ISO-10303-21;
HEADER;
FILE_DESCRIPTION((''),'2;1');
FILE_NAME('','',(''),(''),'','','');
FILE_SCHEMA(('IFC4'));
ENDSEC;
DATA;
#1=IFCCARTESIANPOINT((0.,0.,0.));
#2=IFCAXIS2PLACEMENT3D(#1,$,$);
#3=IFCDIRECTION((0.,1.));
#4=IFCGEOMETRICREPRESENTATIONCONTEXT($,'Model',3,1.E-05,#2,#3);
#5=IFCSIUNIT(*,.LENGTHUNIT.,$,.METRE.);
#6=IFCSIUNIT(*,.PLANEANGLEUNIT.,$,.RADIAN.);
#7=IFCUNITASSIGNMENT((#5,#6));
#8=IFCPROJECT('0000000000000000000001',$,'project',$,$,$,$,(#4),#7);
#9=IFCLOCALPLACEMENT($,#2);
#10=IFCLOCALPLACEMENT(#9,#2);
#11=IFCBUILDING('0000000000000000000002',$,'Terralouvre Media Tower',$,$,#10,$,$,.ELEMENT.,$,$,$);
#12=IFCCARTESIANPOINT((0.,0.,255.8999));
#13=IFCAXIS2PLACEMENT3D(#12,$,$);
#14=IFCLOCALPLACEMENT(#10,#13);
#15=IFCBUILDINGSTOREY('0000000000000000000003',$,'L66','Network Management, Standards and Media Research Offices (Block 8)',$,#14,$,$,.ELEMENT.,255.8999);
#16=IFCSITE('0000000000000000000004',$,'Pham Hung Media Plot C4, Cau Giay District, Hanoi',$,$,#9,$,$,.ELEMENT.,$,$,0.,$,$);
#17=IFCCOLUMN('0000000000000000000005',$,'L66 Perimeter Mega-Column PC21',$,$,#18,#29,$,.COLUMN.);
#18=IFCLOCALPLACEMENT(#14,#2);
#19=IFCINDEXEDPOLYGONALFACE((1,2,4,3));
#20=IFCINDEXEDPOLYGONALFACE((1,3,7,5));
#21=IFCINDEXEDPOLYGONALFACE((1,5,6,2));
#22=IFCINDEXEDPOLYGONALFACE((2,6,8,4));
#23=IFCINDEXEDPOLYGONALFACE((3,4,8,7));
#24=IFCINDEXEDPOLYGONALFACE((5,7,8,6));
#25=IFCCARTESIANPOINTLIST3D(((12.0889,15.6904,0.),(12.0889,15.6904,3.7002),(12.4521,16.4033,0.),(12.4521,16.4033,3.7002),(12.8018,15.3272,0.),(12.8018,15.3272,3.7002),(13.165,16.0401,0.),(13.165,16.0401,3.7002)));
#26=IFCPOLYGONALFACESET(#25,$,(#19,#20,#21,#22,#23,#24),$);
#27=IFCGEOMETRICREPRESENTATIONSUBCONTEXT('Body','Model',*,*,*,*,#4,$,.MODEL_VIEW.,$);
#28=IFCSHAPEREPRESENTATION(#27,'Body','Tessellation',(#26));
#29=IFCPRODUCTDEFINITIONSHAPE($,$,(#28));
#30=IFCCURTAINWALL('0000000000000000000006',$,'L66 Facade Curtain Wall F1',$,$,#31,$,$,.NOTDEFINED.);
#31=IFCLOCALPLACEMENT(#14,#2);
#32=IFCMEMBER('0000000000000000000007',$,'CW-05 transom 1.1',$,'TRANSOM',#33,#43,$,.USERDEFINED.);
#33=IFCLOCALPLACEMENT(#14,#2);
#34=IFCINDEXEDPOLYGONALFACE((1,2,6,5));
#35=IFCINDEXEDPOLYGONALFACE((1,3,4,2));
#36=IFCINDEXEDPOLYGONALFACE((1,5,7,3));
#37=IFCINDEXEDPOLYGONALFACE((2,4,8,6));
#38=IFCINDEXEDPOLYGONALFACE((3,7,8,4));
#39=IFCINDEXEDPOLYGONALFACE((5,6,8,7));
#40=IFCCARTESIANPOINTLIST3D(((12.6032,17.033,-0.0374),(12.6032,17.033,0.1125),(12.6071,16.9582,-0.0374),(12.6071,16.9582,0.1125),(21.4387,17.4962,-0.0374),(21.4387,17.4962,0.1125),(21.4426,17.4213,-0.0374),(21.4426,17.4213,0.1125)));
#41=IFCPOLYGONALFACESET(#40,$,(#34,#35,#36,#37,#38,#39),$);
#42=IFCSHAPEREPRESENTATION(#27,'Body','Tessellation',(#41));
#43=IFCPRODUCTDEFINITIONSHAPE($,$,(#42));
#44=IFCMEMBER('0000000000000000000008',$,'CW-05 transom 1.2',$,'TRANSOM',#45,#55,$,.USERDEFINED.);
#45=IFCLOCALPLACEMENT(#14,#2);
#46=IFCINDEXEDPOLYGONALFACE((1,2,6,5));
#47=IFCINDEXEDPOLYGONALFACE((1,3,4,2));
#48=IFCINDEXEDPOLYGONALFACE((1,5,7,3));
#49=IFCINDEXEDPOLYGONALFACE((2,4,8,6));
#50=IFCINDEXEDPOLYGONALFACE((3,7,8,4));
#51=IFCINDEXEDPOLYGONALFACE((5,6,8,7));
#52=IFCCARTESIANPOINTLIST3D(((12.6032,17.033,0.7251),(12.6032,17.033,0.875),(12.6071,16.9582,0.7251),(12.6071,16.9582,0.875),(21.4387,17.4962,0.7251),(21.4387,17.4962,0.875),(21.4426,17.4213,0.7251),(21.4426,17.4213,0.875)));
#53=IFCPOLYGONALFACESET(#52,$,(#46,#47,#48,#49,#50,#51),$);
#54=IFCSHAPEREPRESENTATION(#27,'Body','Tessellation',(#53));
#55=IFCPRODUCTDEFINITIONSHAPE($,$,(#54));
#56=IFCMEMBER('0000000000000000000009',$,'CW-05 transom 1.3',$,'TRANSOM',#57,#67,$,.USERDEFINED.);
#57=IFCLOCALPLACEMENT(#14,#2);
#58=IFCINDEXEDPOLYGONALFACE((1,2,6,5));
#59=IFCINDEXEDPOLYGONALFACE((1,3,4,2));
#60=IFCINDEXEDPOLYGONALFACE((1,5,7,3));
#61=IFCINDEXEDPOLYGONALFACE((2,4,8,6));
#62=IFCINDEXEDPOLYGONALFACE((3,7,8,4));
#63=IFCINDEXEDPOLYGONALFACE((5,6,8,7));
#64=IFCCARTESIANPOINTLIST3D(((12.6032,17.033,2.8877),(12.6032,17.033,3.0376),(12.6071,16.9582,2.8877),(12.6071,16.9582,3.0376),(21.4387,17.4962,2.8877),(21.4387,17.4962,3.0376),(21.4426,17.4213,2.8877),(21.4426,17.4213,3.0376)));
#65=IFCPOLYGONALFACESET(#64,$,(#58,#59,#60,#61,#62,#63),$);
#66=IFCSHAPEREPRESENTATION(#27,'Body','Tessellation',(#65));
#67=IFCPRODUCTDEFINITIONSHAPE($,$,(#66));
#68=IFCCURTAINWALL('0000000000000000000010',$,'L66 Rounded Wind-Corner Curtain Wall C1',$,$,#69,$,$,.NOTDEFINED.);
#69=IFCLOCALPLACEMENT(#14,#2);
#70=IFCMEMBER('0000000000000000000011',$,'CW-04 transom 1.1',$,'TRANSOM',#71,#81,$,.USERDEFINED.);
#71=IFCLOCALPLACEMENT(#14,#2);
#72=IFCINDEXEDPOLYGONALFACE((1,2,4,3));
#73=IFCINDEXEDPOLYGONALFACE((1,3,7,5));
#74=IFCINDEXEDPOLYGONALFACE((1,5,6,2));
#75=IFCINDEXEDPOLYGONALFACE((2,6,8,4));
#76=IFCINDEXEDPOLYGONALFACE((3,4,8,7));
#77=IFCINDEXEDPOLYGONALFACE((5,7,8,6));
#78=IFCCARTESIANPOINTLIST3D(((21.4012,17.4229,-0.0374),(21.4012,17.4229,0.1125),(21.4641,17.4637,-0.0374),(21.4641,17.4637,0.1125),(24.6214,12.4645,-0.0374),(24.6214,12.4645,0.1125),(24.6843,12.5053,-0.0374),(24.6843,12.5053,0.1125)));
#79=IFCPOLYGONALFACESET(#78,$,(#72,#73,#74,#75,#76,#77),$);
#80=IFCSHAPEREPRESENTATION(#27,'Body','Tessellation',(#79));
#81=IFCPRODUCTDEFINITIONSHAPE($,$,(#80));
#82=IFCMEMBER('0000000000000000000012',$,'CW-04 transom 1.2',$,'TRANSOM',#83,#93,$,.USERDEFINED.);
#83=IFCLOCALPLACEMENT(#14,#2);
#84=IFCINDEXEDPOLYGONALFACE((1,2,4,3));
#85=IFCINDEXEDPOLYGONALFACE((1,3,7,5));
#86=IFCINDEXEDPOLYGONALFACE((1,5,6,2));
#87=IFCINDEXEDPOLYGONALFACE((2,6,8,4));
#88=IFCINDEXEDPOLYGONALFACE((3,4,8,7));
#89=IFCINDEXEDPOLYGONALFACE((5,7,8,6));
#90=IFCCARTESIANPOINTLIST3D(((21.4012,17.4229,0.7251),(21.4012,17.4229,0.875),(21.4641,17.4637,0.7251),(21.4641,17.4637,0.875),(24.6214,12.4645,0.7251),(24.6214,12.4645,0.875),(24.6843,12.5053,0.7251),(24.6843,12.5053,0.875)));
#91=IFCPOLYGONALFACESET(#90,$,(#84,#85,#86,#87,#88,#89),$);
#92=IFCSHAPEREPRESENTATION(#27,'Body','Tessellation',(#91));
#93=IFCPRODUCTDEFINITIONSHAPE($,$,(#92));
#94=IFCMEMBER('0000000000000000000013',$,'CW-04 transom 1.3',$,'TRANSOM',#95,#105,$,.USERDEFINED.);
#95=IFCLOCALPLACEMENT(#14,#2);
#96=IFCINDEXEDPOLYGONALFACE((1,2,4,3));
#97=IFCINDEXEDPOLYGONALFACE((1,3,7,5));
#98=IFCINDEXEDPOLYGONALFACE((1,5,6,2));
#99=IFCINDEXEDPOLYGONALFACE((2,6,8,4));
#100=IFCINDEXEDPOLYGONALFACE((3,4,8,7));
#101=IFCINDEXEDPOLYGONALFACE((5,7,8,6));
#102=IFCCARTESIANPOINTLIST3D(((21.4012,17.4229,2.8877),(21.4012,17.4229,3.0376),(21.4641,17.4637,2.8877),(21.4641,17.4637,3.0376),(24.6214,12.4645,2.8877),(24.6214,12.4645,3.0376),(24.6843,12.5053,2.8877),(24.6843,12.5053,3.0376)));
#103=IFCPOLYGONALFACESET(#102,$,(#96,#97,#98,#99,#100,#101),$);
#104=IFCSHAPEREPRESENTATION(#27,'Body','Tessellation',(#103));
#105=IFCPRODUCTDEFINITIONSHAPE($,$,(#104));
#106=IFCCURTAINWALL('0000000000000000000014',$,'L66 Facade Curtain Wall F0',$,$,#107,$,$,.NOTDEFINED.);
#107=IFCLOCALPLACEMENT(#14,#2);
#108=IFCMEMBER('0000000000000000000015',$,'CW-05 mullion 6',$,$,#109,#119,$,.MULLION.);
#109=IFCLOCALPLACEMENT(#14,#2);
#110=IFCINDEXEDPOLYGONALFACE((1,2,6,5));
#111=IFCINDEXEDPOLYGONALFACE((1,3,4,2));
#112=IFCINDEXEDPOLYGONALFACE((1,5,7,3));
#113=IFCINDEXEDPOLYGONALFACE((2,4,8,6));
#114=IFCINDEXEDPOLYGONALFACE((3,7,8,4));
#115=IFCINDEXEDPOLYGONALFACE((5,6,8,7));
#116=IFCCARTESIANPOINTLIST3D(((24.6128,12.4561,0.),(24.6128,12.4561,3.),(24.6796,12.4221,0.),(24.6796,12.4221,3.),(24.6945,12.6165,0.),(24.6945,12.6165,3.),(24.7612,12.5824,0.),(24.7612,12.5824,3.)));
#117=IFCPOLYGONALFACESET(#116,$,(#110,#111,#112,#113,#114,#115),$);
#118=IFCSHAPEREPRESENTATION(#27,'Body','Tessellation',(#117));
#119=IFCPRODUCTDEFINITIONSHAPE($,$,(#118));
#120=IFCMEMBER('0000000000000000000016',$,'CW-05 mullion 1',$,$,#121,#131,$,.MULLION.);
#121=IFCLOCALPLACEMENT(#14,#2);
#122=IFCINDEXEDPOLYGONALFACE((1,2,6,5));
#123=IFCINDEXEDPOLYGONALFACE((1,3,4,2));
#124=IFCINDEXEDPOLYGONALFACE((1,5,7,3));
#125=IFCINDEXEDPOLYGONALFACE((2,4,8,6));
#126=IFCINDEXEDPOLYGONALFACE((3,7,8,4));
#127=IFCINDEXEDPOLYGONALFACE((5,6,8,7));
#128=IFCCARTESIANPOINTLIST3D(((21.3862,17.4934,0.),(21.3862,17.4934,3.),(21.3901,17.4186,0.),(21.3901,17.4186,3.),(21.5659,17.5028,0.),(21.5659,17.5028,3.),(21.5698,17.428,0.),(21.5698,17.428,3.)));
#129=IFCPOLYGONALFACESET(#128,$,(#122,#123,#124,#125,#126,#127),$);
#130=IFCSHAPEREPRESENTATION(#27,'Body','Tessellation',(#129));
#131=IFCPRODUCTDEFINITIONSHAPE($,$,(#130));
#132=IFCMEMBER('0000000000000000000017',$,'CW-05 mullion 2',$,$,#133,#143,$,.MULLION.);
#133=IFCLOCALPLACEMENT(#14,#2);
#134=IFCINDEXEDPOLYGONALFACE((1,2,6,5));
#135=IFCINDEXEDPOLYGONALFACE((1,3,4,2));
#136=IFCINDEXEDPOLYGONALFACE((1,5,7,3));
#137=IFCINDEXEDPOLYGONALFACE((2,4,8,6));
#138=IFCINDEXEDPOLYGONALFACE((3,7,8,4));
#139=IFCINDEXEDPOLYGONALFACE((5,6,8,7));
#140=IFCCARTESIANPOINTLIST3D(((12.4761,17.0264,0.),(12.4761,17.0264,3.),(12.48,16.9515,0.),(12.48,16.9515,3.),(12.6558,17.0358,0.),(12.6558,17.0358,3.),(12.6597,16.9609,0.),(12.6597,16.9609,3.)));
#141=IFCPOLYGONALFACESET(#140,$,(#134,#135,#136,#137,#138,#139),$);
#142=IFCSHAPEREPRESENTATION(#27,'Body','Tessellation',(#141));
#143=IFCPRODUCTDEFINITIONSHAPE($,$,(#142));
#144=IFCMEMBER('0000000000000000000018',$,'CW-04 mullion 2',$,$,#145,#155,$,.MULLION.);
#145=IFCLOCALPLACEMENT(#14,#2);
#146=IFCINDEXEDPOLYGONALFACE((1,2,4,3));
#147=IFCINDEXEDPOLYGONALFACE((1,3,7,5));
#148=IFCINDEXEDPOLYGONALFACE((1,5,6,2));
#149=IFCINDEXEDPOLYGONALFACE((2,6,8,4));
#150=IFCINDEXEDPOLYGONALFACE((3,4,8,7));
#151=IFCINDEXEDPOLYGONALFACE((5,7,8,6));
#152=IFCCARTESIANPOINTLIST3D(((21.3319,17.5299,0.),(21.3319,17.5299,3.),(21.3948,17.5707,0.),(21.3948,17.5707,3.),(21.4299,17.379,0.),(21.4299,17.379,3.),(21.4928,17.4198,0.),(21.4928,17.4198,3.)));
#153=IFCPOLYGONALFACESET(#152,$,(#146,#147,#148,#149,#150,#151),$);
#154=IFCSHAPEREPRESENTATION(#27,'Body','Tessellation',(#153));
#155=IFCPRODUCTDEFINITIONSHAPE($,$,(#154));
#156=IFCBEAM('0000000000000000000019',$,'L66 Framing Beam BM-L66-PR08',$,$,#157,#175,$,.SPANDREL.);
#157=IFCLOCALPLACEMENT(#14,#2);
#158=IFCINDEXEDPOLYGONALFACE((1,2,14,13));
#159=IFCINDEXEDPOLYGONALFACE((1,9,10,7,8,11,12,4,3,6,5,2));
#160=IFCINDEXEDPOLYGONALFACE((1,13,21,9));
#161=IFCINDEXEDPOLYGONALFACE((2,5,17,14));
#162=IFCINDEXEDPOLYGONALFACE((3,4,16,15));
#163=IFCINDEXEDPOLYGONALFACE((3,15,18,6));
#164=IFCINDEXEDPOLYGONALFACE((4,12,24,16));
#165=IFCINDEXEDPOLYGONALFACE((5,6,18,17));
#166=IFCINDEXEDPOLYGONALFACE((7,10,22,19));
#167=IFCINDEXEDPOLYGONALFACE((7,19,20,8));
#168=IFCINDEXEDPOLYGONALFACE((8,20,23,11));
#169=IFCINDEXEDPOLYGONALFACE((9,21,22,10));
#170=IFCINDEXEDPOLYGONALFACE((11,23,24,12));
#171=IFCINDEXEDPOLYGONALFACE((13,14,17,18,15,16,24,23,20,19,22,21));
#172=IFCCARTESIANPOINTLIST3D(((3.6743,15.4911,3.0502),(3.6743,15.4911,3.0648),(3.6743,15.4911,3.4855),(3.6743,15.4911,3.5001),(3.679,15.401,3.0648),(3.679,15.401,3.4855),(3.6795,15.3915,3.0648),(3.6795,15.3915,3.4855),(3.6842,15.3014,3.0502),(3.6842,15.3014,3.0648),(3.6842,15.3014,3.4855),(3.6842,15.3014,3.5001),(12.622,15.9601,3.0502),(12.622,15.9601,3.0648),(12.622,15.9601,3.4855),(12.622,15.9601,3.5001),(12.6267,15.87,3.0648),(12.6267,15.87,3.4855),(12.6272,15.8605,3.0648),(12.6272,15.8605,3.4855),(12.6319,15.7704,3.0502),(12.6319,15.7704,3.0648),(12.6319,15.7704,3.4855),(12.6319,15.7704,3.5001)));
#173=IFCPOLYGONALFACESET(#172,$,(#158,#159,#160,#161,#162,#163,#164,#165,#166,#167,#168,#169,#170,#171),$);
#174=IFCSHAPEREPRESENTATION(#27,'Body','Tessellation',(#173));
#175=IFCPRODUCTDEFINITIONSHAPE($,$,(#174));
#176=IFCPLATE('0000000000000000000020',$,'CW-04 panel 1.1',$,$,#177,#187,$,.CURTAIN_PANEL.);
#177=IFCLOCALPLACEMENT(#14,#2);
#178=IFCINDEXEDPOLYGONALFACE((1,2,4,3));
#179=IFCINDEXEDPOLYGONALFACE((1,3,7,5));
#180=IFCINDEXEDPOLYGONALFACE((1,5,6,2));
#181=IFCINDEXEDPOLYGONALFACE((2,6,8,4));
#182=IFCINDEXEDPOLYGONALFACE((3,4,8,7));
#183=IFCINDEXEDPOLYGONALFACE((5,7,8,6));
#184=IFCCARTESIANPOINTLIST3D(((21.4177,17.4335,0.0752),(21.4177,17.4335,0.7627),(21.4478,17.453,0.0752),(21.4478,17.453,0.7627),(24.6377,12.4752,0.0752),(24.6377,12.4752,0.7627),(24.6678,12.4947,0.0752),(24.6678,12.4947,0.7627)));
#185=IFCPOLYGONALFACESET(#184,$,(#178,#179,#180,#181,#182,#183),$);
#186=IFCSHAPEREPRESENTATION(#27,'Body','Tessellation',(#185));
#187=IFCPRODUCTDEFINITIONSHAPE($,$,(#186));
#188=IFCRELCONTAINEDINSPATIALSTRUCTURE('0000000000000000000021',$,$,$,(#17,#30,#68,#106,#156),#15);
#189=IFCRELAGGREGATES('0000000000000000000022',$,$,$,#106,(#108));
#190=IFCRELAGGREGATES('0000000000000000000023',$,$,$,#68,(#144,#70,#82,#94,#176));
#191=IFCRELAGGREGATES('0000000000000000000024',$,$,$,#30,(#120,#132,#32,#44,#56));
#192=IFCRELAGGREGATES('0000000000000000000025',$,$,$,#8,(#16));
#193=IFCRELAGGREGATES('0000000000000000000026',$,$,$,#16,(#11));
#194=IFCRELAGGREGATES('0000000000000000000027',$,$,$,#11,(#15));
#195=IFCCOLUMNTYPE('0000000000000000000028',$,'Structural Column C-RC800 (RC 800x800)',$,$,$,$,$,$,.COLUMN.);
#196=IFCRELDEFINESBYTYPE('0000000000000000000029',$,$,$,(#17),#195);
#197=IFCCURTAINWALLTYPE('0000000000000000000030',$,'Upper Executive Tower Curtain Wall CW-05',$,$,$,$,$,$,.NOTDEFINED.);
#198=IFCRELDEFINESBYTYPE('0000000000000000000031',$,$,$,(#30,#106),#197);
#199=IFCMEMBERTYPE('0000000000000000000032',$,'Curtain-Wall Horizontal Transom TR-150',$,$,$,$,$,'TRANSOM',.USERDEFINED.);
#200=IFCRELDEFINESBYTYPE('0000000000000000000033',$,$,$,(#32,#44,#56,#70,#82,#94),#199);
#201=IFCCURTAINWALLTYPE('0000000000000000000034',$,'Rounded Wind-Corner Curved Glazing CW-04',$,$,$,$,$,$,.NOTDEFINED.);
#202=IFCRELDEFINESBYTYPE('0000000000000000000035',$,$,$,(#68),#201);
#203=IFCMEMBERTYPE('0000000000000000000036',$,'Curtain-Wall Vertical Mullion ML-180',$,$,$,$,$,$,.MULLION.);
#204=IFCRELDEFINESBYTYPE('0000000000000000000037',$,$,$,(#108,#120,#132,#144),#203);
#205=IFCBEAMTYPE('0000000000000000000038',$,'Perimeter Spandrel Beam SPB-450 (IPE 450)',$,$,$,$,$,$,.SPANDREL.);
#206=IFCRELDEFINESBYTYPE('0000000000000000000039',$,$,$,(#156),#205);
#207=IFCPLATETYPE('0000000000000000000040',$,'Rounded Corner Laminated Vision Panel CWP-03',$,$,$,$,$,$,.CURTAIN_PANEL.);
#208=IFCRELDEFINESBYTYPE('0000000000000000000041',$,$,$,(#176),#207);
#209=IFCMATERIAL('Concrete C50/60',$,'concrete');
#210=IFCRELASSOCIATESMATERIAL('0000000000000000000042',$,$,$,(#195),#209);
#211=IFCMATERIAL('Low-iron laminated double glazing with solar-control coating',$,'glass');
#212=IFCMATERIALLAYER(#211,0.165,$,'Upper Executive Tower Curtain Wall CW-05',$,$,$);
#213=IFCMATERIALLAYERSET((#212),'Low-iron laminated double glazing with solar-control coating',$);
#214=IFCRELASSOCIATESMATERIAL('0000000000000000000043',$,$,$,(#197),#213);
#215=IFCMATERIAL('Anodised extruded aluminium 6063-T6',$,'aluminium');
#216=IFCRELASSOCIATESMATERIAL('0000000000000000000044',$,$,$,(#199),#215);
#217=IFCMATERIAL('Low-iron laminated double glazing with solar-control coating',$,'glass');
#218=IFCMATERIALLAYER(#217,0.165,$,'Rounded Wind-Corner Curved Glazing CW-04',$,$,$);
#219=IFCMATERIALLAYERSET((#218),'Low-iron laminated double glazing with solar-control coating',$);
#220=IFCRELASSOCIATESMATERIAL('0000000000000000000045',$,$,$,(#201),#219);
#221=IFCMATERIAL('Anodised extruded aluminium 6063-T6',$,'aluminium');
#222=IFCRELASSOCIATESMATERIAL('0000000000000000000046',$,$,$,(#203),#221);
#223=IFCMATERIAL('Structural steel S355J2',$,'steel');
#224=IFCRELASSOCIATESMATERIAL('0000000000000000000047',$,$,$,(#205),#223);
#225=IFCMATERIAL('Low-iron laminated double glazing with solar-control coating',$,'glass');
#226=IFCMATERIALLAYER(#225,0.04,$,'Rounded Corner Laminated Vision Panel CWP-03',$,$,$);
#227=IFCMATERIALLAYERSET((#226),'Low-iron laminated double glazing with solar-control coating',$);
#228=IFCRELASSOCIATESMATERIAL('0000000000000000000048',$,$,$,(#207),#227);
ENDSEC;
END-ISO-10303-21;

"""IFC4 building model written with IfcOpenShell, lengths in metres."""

from ifc_helpers import new_model, si_unit, direction, frame, origin, origin_2d, place, context, subcontext, project, spatial, rectangle, i_section, extrude, material, layer, layer_set, material_profile, profile_set, type_object, element, aggregate, save


model = new_model("IFC4")

# Units and contexts
model_context = context("Model", 3, precision=1e-05, world=origin(), true_north=direction((0.0, 1.0)))
body_context = subcontext(model_context, "Body", "Model", "MODEL_VIEW")
ifc_project = project(units=[si_unit("LENGTHUNIT", "METRE"), si_unit("PLANEANGLEUNIT", "RADIAN")], contexts=[model_context])

# Site, building, storey
site_placement = place(None, origin())
site = spatial("IfcSite", under=ifc_project, at=site_placement, Name="Pham Hung Media Plot C4, Cau Giay District, Hanoi", CompositionType="ELEMENT", RefElevation=0.0)
building_placement = place(site_placement, origin())
building = spatial("IfcBuilding", under=site, at=building_placement, Name="Terralouvre Media Tower", CompositionType="ELEMENT")
storey_placement = place(building_placement, frame((0.0, 0.0, 255.8999)))
storey = spatial("IfcBuildingStorey", under=building, at=storey_placement, Name="L66", Description="Network Management, Standards and Media Research Offices (Block 8)", CompositionType="ELEMENT", Elevation=255.8999)

# Column
ifc_material_1 = material(Name="Concrete C50/60", Category="concrete")
ifc_material_profile_1 = material_profile(ifc_material_1, rectangle(XDim=0.8, YDim=0.8, at=origin_2d()), Name="RC 800x800")
ifc_profile_set_1 = profile_set([ifc_material_profile_1], Name="Concrete C50/60")
column_type = type_object("IfcColumnType", Name="Structural Column C-RC800 (RC 800x800)", PredefinedType="COLUMN", material=ifc_profile_set_1)
column_placement = place(storey_placement, frame((12.627, 15.8652, 0.0), z_axis=(0.0, 0.0, 1.0), x_axis=(0.45399, 0.891007, 0.0)))
element("IfcColumn", 1, at=column_placement, inside=storey, type_object=column_type, Name="L66 Perimeter Mega-Column PC21", PredefinedType="COLUMN", context=body_context, shape_type="SweptSolid", body=[
    extrude(rectangle(XDim=0.8, YDim=0.8, at=origin_2d()), origin(), (0.0, 0.0, 1.0), 3.7002),
])

# Curtain walls, members
ifc_material_2 = material(Name="Low-iron laminated double glazing with solar-control coating", Category="glass")
ifc_layer_1 = layer(ifc_material_2, 0.165, Name="Upper Executive Tower Curtain Wall CW-05")
ifc_layer_set_1 = layer_set([ifc_layer_1], Name="Low-iron laminated double glazing with solar-control coating")
curtain_wall_type_1 = type_object("IfcCurtainWallType", Name="Upper Executive Tower Curtain Wall CW-05", PredefinedType="NOTDEFINED", material=ifc_layer_set_1)
curtain_wall_1_placement = place(storey_placement, origin())
curtain_wall_1 = element("IfcCurtainWall", 2, at=curtain_wall_1_placement, inside=storey, type_object=curtain_wall_type_1, Name="L66 Facade Curtain Wall F1", PredefinedType="NOTDEFINED")
ifc_material_3 = material(Name="Anodised extruded aluminium 6063-T6", Category="aluminium")
ifc_material_profile_2 = material_profile(ifc_material_3, rectangle(XDim=0.075, YDim=0.1499, at=origin_2d()), Name="ALU 75x150")
ifc_profile_set_2 = profile_set([ifc_material_profile_2], Name="Anodised extruded aluminium 6063-T6")
member_type_1 = type_object("IfcMemberType", Name="Curtain-Wall Horizontal Transom TR-150", ElementType="TRANSOM", PredefinedType="USERDEFINED", material=ifc_profile_set_2)
member_1_placement = place(storey_placement, frame((21.4407, 17.4587, 0.0376), z_axis=(-0.998629, -0.052346, 0.0), x_axis=(0.052346, -0.998629, 0.0)))
member_1 = element("IfcMember", 3, at=member_1_placement, type_object=member_type_1, Name="CW-05 transom 1.1", ObjectType="TRANSOM", PredefinedType="USERDEFINED", context=body_context, shape_type="SweptSolid", body=[
    extrude(rectangle(XDim=0.075, YDim=0.1499, at=origin_2d()), origin(), (0.0, 0.0, 1.0), 8.8477),
])
member_2_placement = place(storey_placement, frame((21.4407, 17.4587, 0.8), z_axis=(-0.998629, -0.052346, 0.0), x_axis=(0.052346, -0.998629, 0.0)))
member_2 = element("IfcMember", 4, at=member_2_placement, type_object=member_type_1, Name="CW-05 transom 1.2", ObjectType="TRANSOM", PredefinedType="USERDEFINED", context=body_context, shape_type="SweptSolid", body=[
    extrude(rectangle(XDim=0.075, YDim=0.1499, at=origin_2d()), origin(), (0.0, 0.0, 1.0), 8.8477),
])
member_3_placement = place(storey_placement, frame((21.4407, 17.4587, 2.9626), z_axis=(-0.998629, -0.052346, 0.0), x_axis=(0.052346, -0.998629, 0.0)))
member_3 = element("IfcMember", 5, at=member_3_placement, type_object=member_type_1, Name="CW-05 transom 1.3", ObjectType="TRANSOM", PredefinedType="USERDEFINED", context=body_context, shape_type="SweptSolid", body=[
    extrude(rectangle(XDim=0.075, YDim=0.1499, at=origin_2d()), origin(), (0.0, 0.0, 1.0), 8.8477),
])
ifc_material_4 = material(Name="Low-iron laminated double glazing with solar-control coating", Category="glass")
ifc_layer_2 = layer(ifc_material_4, 0.165, Name="Rounded Wind-Corner Curved Glazing CW-04")
ifc_layer_set_2 = layer_set([ifc_layer_2], Name="Low-iron laminated double glazing with solar-control coating")
curtain_wall_type_2 = type_object("IfcCurtainWallType", Name="Rounded Wind-Corner Curved Glazing CW-04", PredefinedType="NOTDEFINED", material=ifc_layer_set_2)
curtain_wall_2_placement = place(storey_placement, origin())
curtain_wall_2 = element("IfcCurtainWall", 6, at=curtain_wall_2_placement, inside=storey, type_object=curtain_wall_type_2, Name="L66 Rounded Wind-Corner Curtain Wall C1", PredefinedType="NOTDEFINED")
member_4_placement = place(storey_placement, frame((24.6528, 12.4849, 0.0376), z_axis=(-0.544654, 0.838661, 0.0), x_axis=(-0.838661, -0.544654, 0.0)))
member_4 = element("IfcMember", 7, at=member_4_placement, type_object=member_type_1, Name="CW-04 transom 1.1", ObjectType="TRANSOM", PredefinedType="USERDEFINED", context=body_context, shape_type="SweptSolid", body=[
    extrude(rectangle(XDim=0.075, YDim=0.1499, at=origin_2d()), origin(), (0.0, 0.0, 1.0), 5.9124),
])
member_5_placement = place(storey_placement, frame((24.6528, 12.4849, 0.8), z_axis=(-0.544654, 0.838661, 0.0), x_axis=(-0.838661, -0.544654, 0.0)))
member_5 = element("IfcMember", 8, at=member_5_placement, type_object=member_type_1, Name="CW-04 transom 1.2", ObjectType="TRANSOM", PredefinedType="USERDEFINED", context=body_context, shape_type="SweptSolid", body=[
    extrude(rectangle(XDim=0.075, YDim=0.1499, at=origin_2d()), origin(), (0.0, 0.0, 1.0), 5.9124),
])
member_6_placement = place(storey_placement, frame((24.6528, 12.4849, 2.9626), z_axis=(-0.544654, 0.838661, 0.0), x_axis=(-0.838661, -0.544654, 0.0)))
member_6 = element("IfcMember", 9, at=member_6_placement, type_object=member_type_1, Name="CW-04 transom 1.3", ObjectType="TRANSOM", PredefinedType="USERDEFINED", context=body_context, shape_type="SweptSolid", body=[
    extrude(rectangle(XDim=0.075, YDim=0.1499, at=origin_2d()), origin(), (0.0, 0.0, 1.0), 5.9124),
])

# Curtain wall, member
curtain_wall_3_placement = place(storey_placement, origin())
curtain_wall_3 = element("IfcCurtainWall", 10, at=curtain_wall_3_placement, inside=storey, type_object=curtain_wall_type_1, Name="L66 Facade Curtain Wall F0", PredefinedType="NOTDEFINED")
ifc_material_5 = material(Name="Anodised extruded aluminium 6063-T6", Category="aluminium")
ifc_material_profile_3 = material_profile(ifc_material_5, rectangle(XDim=0.075, YDim=0.1799, at=origin_2d()), Name="ALU 75x180")
ifc_profile_set_3 = profile_set([ifc_material_profile_3], Name="Anodised extruded aluminium 6063-T6")
member_type_2 = type_object("IfcMemberType", Name="Curtain-Wall Vertical Mullion ML-180", PredefinedType="MULLION", material=ifc_profile_set_3)
member_7_placement = place(storey_placement, frame((24.687, 12.5193, 0.0), z_axis=(0.0, 0.0, 1.0), x_axis=(-0.891007, 0.45399, 0.0)))
member_7 = element("IfcMember", 11, at=member_7_placement, type_object=member_type_2, Name="CW-05 mullion 6", PredefinedType="MULLION", context=body_context, shape_type="SweptSolid", body=[
    extrude(rectangle(XDim=0.075, YDim=0.1799, at=origin_2d()), origin(), (0.0, 0.0, 1.0), 3.0),
])
aggregate(curtain_wall_3, [member_7])

# Members
member_8_placement = place(storey_placement, frame((21.478, 17.4607, 0.0), z_axis=(0.0, 0.0, 1.0), x_axis=(0.052336, -0.99863, 0.0)))
member_8 = element("IfcMember", 12, at=member_8_placement, type_object=member_type_2, Name="CW-05 mullion 1", PredefinedType="MULLION", context=body_context, shape_type="SweptSolid", body=[
    extrude(rectangle(XDim=0.075, YDim=0.1799, at=origin_2d()), origin(), (0.0, 0.0, 1.0), 3.0),
])
member_9_placement = place(storey_placement, frame((12.5679, 16.9937, 0.0), z_axis=(0.0, 0.0, 1.0), x_axis=(0.052336, -0.99863, 0.0)))
member_9 = element("IfcMember", 13, at=member_9_placement, type_object=member_type_2, Name="CW-05 mullion 2", PredefinedType="MULLION", context=body_context, shape_type="SweptSolid", body=[
    extrude(rectangle(XDim=0.075, YDim=0.1799, at=origin_2d()), origin(), (0.0, 0.0, 1.0), 3.0),
])
member_10_placement = place(storey_placement, frame((21.4124, 17.4749, 0.0), z_axis=(0.0, 0.0, 1.0), x_axis=(-0.83867, -0.544639, 0.0)))
member_10 = element("IfcMember", 14, at=member_10_placement, type_object=member_type_2, Name="CW-04 mullion 2", PredefinedType="MULLION", context=body_context, shape_type="SweptSolid", body=[
    extrude(rectangle(XDim=0.075, YDim=0.1799, at=origin_2d()), origin(), (0.0, 0.0, 1.0), 3.0),
])

# Beam
ifc_material_6 = material(Name="Structural steel S355J2", Category="steel")
ifc_material_profile_4 = material_profile(ifc_material_6, i_section(OverallWidth=0.1899, OverallDepth=0.45, WebThickness=0.0095, FlangeThickness=0.0146, at=origin_2d()), Name="IPE 450")
ifc_profile_set_4 = profile_set([ifc_material_profile_4], Name="Structural steel S355J2")
beam_type = type_object("IfcBeamType", Name="Perimeter Spandrel Beam SPB-450 (IPE 450)", PredefinedType="SPANDREL", material=ifc_profile_set_4)
beam_placement = place(storey_placement, frame((12.627, 15.8652, 3.2751), z_axis=(-0.998629, -0.052343, 0.0), x_axis=(0.052343, -0.998629, 0.0)))
element("IfcBeam", 15, at=beam_placement, inside=storey, type_object=beam_type, Name="L66 Framing Beam BM-L66-PR08", PredefinedType="SPANDREL", context=body_context, shape_type="SweptSolid", body=[
    extrude(i_section(OverallWidth=0.1899, OverallDepth=0.45, WebThickness=0.0095, FlangeThickness=0.0146, at=origin_2d()), origin(), (0.0, 0.0, 1.0), 8.96),
])

# Plate
ifc_material_7 = material(Name="Low-iron laminated double glazing with solar-control coating", Category="glass")
ifc_layer_3 = layer(ifc_material_7, 0.04, Name="Rounded Corner Laminated Vision Panel CWP-03")
ifc_layer_set_3 = layer_set([ifc_layer_3], Name="Low-iron laminated double glazing with solar-control coating")
plate_type_1 = type_object("IfcPlateType", Name="Rounded Corner Laminated Vision Panel CWP-03", PredefinedType="CURTAIN_PANEL", material=ifc_layer_set_3)
plate_1_placement = place(storey_placement, frame((23.0427, 14.9641, 0.0752), z_axis=(0.0, 0.0, 1.0), x_axis=(-0.544639, 0.83867, 0.0)))
plate_1 = element("IfcPlate", 16, at=plate_1_placement, type_object=plate_type_1, Name="CW-04 panel 1.1", PredefinedType="CURTAIN_PANEL", context=body_context, shape_type="SweptSolid", body=[
    extrude(rectangle(XDim=5.9121, YDim=0.0359, at=origin_2d()), origin(), (0.0, 0.0, 1.0), 0.6875),
])
aggregate(curtain_wall_2, [member_10, member_4, member_5, member_6, plate_1])
aggregate(curtain_wall_1, [member_8, member_9, member_1, member_2, member_3])

save(model, "model.ifc")
